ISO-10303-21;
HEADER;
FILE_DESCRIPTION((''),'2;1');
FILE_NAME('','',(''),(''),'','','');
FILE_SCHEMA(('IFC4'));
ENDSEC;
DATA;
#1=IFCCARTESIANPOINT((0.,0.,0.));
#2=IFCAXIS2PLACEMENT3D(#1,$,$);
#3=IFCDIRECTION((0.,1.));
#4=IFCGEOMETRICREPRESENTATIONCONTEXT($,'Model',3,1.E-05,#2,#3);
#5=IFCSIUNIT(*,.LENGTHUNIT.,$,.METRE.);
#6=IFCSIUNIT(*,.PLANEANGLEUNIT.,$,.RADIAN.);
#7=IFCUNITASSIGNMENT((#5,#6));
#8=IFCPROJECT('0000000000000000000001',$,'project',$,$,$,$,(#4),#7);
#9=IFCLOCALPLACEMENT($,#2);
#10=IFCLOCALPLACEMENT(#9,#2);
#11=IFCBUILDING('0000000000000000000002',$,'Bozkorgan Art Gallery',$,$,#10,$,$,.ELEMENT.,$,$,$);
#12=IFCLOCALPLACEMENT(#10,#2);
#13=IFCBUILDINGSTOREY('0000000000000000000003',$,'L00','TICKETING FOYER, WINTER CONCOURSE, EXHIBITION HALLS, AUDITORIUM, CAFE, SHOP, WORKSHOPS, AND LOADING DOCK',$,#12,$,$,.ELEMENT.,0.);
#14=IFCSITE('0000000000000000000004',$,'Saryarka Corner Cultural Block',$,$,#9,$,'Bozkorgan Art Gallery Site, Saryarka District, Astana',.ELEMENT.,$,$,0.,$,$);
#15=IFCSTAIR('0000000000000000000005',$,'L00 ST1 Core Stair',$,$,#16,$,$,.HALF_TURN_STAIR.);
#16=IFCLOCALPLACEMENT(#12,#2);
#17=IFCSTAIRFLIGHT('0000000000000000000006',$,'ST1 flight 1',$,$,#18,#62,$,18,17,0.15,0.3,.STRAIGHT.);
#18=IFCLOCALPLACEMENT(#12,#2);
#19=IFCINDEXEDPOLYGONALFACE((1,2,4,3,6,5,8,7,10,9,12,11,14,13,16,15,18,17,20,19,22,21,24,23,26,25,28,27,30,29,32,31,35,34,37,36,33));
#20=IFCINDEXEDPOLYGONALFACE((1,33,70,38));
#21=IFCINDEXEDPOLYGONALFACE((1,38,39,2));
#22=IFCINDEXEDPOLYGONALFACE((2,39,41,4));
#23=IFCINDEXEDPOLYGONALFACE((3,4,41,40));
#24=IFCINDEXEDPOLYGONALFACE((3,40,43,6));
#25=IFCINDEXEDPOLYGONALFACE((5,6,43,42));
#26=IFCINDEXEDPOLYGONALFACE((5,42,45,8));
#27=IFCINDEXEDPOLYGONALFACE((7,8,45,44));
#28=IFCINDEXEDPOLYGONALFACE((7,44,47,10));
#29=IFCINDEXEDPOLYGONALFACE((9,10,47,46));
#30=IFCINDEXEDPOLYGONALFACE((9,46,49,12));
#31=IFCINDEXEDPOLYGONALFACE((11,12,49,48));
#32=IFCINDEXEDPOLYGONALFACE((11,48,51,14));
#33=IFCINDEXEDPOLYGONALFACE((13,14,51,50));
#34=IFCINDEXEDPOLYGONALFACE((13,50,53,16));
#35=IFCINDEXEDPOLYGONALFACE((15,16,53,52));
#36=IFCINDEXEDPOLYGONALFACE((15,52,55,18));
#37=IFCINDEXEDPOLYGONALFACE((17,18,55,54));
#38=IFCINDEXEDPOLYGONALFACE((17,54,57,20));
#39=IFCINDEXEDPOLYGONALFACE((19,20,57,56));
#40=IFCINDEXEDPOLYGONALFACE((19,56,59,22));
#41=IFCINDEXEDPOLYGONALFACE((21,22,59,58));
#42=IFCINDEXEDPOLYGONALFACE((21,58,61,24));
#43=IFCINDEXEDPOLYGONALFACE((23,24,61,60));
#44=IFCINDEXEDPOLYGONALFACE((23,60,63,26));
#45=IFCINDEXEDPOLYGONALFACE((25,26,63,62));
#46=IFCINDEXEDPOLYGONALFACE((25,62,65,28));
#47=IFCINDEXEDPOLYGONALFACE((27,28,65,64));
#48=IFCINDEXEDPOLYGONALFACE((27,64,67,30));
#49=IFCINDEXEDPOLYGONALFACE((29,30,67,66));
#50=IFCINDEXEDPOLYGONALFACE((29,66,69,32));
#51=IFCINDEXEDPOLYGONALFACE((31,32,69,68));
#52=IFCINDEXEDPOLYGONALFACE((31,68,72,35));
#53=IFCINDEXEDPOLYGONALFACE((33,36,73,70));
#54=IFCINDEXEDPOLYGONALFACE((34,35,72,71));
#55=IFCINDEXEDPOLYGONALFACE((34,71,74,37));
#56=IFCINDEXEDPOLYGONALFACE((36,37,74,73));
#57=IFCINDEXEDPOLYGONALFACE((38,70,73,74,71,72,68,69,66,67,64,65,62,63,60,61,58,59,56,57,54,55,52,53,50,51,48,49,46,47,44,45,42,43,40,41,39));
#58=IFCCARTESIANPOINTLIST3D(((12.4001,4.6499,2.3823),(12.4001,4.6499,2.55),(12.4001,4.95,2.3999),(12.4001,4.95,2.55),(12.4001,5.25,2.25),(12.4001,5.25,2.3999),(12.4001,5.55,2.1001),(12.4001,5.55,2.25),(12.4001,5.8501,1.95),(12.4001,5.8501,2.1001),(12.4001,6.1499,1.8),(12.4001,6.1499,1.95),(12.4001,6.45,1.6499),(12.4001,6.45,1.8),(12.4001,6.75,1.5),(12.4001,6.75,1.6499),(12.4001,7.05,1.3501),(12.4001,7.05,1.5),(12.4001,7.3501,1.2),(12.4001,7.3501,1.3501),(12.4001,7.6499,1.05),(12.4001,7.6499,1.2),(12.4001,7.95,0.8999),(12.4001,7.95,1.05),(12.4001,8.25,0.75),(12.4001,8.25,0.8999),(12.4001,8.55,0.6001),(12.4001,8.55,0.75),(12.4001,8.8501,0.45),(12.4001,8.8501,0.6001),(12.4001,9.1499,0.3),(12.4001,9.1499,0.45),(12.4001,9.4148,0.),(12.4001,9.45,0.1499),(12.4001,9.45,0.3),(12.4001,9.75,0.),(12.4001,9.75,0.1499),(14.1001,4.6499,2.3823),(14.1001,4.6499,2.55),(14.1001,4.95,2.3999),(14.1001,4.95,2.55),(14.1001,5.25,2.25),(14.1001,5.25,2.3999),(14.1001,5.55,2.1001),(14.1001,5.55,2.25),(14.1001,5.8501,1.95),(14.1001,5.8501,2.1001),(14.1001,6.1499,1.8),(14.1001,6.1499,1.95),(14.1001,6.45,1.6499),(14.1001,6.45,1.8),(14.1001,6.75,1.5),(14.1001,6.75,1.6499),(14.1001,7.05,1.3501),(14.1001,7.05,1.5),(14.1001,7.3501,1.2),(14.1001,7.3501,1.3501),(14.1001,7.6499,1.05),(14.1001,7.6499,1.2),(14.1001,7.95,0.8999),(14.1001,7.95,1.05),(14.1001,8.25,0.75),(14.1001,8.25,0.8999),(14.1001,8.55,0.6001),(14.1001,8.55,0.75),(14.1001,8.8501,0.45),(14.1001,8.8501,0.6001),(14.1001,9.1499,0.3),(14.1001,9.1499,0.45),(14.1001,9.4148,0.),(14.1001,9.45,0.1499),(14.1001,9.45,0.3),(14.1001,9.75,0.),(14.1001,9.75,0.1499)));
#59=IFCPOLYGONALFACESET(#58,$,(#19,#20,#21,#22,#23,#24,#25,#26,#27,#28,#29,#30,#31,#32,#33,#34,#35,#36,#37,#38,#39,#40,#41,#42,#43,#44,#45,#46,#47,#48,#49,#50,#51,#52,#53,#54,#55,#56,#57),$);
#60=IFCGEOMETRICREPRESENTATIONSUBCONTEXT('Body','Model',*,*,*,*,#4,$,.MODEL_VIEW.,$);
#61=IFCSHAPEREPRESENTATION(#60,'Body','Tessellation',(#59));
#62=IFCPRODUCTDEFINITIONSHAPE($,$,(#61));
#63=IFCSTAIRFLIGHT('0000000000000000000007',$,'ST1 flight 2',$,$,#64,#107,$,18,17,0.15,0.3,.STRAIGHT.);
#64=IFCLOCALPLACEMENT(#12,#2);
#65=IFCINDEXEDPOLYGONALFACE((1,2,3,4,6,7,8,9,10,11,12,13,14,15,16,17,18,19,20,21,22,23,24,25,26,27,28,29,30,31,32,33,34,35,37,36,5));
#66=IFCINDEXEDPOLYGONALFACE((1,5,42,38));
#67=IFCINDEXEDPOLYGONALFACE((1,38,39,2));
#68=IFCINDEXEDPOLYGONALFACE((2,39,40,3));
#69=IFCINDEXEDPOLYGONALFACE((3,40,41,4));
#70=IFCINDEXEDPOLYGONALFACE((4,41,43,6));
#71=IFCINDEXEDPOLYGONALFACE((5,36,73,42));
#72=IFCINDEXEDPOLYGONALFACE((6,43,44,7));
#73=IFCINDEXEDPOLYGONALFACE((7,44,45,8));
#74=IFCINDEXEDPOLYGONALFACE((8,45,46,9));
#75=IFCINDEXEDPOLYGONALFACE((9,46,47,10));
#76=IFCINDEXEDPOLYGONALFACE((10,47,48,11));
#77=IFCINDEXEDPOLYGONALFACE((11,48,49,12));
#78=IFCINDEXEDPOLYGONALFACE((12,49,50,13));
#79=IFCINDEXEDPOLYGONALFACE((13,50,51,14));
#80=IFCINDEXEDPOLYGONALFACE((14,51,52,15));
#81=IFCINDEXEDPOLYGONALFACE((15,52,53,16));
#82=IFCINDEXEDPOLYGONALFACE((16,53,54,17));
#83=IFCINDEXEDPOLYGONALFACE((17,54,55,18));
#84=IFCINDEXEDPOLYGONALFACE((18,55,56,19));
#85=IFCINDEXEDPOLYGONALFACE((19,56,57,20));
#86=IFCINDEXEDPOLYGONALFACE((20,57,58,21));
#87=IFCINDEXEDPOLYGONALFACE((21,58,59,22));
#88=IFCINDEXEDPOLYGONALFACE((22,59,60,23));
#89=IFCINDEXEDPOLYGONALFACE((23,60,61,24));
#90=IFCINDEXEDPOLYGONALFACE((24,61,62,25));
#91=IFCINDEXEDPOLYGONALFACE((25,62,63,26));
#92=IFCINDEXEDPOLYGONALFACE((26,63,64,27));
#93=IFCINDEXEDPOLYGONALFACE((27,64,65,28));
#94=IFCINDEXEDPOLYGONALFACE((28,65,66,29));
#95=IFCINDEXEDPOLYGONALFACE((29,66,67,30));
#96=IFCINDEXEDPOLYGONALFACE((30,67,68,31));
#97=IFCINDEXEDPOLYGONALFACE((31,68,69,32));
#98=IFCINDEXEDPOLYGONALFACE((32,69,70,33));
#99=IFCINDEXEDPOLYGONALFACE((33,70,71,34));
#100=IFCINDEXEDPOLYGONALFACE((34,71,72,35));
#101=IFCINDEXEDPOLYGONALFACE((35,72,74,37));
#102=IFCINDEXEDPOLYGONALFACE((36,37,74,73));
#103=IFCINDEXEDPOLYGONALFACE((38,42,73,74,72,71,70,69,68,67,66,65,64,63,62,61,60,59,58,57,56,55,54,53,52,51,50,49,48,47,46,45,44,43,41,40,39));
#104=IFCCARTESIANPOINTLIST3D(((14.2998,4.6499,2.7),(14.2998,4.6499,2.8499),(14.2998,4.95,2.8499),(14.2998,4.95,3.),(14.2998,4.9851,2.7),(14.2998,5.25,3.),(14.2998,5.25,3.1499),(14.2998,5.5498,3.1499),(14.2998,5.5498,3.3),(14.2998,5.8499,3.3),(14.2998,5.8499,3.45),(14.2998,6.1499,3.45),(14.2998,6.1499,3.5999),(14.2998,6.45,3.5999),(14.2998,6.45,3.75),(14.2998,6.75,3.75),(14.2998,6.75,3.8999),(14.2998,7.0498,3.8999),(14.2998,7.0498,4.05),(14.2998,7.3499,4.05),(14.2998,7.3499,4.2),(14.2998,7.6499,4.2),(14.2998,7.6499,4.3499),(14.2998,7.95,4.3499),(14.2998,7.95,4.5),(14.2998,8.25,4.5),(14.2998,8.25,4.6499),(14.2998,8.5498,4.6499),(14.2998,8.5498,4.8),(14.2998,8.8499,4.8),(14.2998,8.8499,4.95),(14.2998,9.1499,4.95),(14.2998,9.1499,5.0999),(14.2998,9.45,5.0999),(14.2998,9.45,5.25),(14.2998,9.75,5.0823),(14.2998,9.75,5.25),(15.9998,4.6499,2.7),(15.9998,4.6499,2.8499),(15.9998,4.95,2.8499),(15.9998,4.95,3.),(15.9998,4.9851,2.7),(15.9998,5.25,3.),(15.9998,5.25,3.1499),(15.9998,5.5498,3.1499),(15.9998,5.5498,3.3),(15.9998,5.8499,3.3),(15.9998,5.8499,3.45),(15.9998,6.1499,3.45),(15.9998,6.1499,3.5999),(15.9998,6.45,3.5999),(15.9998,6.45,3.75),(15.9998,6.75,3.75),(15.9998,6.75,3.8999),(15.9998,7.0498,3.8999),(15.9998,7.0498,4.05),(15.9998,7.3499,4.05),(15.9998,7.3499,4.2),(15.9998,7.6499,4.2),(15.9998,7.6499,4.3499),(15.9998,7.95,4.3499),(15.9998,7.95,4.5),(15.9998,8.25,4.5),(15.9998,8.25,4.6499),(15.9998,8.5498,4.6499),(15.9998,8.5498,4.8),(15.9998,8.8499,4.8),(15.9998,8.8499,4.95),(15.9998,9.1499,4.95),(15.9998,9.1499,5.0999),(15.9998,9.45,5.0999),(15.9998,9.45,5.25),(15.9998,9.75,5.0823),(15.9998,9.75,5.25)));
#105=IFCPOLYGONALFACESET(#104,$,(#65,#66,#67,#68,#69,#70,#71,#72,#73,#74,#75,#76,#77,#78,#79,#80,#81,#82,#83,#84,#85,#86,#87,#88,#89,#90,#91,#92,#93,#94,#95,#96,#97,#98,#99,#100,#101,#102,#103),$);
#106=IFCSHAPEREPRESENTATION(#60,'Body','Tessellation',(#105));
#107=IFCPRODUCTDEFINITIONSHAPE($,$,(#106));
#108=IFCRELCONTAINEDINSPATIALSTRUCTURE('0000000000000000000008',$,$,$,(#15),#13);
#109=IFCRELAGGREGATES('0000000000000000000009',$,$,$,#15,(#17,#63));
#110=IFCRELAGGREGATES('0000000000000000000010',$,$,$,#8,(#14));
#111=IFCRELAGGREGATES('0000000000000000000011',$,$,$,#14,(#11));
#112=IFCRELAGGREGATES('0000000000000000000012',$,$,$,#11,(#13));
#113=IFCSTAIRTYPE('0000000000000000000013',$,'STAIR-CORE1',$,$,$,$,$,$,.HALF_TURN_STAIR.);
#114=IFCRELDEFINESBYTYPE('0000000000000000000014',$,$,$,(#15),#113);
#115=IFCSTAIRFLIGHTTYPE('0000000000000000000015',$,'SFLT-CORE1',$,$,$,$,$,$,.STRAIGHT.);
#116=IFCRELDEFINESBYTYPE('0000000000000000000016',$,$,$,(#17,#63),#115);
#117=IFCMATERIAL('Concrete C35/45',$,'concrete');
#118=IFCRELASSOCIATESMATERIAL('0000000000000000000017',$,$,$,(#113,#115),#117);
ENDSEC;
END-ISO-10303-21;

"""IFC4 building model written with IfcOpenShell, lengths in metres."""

from ifc_helpers import new_model, si_unit, direction, frame, origin, place, context, subcontext, project, spatial, polyline, outline, extrude, material, type_object, element, aggregate, save


model = new_model("IFC4")

# Units and contexts
model_context = context("Model", 3, precision=1e-05, world=origin(), true_north=direction((0.0, 1.0)))
body_context = subcontext(model_context, "Body", "Model", "MODEL_VIEW")
ifc_project = project(units=[si_unit("LENGTHUNIT", "METRE"), si_unit("PLANEANGLEUNIT", "RADIAN")], contexts=[model_context])

# Site, building, storey
site_placement = place(None, origin())
site = spatial("IfcSite", under=ifc_project, at=site_placement, Name="Saryarka Corner Cultural Block", LongName="Bozkorgan Art Gallery Site, Saryarka District, Astana", CompositionType="ELEMENT", RefElevation=0.0)
building_placement = place(site_placement, origin())
building = spatial("IfcBuilding", under=site, at=building_placement, Name="Bozkorgan Art Gallery", CompositionType="ELEMENT")
storey_placement = place(building_placement, origin())
storey = spatial("IfcBuildingStorey", under=building, at=storey_placement, Name="L00", Description="TICKETING FOYER, WINTER CONCOURSE, EXHIBITION HALLS, AUDITORIUM, CAFE, SHOP, WORKSHOPS, AND LOADING DOCK", CompositionType="ELEMENT", Elevation=0.0)

# Shared definitions
ifc_material_1 = material(Name="Concrete C35/45", Category="concrete")

# Stair, stair flights
stair_type = type_object("IfcStairType", Name="STAIR-CORE1", PredefinedType="HALF_TURN_STAIR", material=ifc_material_1)
stair_placement = place(storey_placement, origin())
stair = element("IfcStair", 1, at=stair_placement, inside=storey, type_object=stair_type, Name="L00 ST1 Core Stair", PredefinedType="HALF_TURN_STAIR")
stair_flight_type = type_object("IfcStairFlightType", Name="SFLT-CORE1", PredefinedType="STRAIGHT", material=ifc_material_1)
stair_flight_1_placement = place(storey_placement, frame((13.25, 9.75, 0.0), z_axis=(0.0, 0.0, 1.0), x_axis=(0.0, -1.0, 0.0)))
stair_flight_1 = element("IfcStairFlight", 2, at=stair_flight_1_placement, type_object=stair_flight_type, Name="ST1 flight 1", NumberOfRisers=18, NumberOfTreads=17, PredefinedType="STRAIGHT", RiserHeight=0.15, TreadLength=0.3, context=body_context, shape_type="SweptSolid", body=[
    extrude(outline(polyline([(0.0, 0.0), (0.0, 0.1499), (0.3, 0.1499), (0.3, 0.3), (0.6001, 0.3), (0.6001, 0.45), (0.8999, 0.45), (0.8999, 0.6001), (1.2, 0.6001), (1.2, 0.75), (1.5, 0.75), (1.5, 0.8999), (1.8, 0.8999), (1.8, 1.05), (2.1001, 1.05), (2.1001, 1.2), (2.3999, 1.2), (2.3999, 1.3501), (2.7, 1.3501), (2.7, 1.5), (3.0, 1.5), (3.0, 1.6499), (3.3, 1.6499), (3.3, 1.8), (3.6001, 1.8), (3.6001, 1.95), (3.8999, 1.95), (3.8999, 2.1001), (4.2, 2.1001), (4.2, 2.25), (4.5, 2.25), (4.5, 2.3999), (4.8, 2.3999), (4.8, 2.55), (5.1001, 2.55), (5.1001, 2.7), (5.1001, 2.3823), (0.3352, 0.0), (0.0, 0.0)])), frame((0.0, 0.8501, 0.0), z_axis=(0.0, -1.0, 0.0), x_axis=(1.0, 0.0, 0.0)), (0.0, 0.0, 1.0), 1.7),
])
stair_flight_2_placement = place(storey_placement, frame((15.1499, 4.6499, 2.7), z_axis=(0.0, 0.0, 1.0), x_axis=(0.0, 1.0, 0.0)))
stair_flight_2 = element("IfcStairFlight", 3, at=stair_flight_2_placement, type_object=stair_flight_type, Name="ST1 flight 2", NumberOfRisers=18, NumberOfTreads=17, PredefinedType="STRAIGHT", RiserHeight=0.15, TreadLength=0.3, context=body_context, shape_type="SweptSolid", body=[
    extrude(outline(polyline([(0.0, 0.0), (0.0, 0.1499), (0.3, 0.1499), (0.3, 0.3), (0.6001, 0.3), (0.6001, 0.45), (0.8999, 0.45), (0.8999, 0.6001), (1.2, 0.6001), (1.2, 0.75), (1.5, 0.75), (1.5, 0.8999), (1.8, 0.8999), (1.8, 1.05), (2.1001, 1.05), (2.1001, 1.2), (2.3999, 1.2), (2.3999, 1.3501), (2.7, 1.3501), (2.7, 1.5), (3.0, 1.5), (3.0, 1.6499), (3.3, 1.6499), (3.3, 1.8), (3.6001, 1.8), (3.6001, 1.95), (3.8999, 1.95), (3.8999, 2.1001), (4.2, 2.1001), (4.2, 2.25), (4.5, 2.25), (4.5, 2.3999), (4.8, 2.3999), (4.8, 2.55), (5.1001, 2.55), (5.1001, 2.7), (5.1001, 2.3823), (0.3352, 0.0), (0.0, 0.0)])), frame((0.0, 0.8501, 0.0), z_axis=(0.0, -1.0, 0.0), x_axis=(1.0, 0.0, 0.0)), (0.0, 0.0, 1.0), 1.7),
])
aggregate(stair, [stair_flight_1, stair_flight_2])

save(model, "model.ifc")
